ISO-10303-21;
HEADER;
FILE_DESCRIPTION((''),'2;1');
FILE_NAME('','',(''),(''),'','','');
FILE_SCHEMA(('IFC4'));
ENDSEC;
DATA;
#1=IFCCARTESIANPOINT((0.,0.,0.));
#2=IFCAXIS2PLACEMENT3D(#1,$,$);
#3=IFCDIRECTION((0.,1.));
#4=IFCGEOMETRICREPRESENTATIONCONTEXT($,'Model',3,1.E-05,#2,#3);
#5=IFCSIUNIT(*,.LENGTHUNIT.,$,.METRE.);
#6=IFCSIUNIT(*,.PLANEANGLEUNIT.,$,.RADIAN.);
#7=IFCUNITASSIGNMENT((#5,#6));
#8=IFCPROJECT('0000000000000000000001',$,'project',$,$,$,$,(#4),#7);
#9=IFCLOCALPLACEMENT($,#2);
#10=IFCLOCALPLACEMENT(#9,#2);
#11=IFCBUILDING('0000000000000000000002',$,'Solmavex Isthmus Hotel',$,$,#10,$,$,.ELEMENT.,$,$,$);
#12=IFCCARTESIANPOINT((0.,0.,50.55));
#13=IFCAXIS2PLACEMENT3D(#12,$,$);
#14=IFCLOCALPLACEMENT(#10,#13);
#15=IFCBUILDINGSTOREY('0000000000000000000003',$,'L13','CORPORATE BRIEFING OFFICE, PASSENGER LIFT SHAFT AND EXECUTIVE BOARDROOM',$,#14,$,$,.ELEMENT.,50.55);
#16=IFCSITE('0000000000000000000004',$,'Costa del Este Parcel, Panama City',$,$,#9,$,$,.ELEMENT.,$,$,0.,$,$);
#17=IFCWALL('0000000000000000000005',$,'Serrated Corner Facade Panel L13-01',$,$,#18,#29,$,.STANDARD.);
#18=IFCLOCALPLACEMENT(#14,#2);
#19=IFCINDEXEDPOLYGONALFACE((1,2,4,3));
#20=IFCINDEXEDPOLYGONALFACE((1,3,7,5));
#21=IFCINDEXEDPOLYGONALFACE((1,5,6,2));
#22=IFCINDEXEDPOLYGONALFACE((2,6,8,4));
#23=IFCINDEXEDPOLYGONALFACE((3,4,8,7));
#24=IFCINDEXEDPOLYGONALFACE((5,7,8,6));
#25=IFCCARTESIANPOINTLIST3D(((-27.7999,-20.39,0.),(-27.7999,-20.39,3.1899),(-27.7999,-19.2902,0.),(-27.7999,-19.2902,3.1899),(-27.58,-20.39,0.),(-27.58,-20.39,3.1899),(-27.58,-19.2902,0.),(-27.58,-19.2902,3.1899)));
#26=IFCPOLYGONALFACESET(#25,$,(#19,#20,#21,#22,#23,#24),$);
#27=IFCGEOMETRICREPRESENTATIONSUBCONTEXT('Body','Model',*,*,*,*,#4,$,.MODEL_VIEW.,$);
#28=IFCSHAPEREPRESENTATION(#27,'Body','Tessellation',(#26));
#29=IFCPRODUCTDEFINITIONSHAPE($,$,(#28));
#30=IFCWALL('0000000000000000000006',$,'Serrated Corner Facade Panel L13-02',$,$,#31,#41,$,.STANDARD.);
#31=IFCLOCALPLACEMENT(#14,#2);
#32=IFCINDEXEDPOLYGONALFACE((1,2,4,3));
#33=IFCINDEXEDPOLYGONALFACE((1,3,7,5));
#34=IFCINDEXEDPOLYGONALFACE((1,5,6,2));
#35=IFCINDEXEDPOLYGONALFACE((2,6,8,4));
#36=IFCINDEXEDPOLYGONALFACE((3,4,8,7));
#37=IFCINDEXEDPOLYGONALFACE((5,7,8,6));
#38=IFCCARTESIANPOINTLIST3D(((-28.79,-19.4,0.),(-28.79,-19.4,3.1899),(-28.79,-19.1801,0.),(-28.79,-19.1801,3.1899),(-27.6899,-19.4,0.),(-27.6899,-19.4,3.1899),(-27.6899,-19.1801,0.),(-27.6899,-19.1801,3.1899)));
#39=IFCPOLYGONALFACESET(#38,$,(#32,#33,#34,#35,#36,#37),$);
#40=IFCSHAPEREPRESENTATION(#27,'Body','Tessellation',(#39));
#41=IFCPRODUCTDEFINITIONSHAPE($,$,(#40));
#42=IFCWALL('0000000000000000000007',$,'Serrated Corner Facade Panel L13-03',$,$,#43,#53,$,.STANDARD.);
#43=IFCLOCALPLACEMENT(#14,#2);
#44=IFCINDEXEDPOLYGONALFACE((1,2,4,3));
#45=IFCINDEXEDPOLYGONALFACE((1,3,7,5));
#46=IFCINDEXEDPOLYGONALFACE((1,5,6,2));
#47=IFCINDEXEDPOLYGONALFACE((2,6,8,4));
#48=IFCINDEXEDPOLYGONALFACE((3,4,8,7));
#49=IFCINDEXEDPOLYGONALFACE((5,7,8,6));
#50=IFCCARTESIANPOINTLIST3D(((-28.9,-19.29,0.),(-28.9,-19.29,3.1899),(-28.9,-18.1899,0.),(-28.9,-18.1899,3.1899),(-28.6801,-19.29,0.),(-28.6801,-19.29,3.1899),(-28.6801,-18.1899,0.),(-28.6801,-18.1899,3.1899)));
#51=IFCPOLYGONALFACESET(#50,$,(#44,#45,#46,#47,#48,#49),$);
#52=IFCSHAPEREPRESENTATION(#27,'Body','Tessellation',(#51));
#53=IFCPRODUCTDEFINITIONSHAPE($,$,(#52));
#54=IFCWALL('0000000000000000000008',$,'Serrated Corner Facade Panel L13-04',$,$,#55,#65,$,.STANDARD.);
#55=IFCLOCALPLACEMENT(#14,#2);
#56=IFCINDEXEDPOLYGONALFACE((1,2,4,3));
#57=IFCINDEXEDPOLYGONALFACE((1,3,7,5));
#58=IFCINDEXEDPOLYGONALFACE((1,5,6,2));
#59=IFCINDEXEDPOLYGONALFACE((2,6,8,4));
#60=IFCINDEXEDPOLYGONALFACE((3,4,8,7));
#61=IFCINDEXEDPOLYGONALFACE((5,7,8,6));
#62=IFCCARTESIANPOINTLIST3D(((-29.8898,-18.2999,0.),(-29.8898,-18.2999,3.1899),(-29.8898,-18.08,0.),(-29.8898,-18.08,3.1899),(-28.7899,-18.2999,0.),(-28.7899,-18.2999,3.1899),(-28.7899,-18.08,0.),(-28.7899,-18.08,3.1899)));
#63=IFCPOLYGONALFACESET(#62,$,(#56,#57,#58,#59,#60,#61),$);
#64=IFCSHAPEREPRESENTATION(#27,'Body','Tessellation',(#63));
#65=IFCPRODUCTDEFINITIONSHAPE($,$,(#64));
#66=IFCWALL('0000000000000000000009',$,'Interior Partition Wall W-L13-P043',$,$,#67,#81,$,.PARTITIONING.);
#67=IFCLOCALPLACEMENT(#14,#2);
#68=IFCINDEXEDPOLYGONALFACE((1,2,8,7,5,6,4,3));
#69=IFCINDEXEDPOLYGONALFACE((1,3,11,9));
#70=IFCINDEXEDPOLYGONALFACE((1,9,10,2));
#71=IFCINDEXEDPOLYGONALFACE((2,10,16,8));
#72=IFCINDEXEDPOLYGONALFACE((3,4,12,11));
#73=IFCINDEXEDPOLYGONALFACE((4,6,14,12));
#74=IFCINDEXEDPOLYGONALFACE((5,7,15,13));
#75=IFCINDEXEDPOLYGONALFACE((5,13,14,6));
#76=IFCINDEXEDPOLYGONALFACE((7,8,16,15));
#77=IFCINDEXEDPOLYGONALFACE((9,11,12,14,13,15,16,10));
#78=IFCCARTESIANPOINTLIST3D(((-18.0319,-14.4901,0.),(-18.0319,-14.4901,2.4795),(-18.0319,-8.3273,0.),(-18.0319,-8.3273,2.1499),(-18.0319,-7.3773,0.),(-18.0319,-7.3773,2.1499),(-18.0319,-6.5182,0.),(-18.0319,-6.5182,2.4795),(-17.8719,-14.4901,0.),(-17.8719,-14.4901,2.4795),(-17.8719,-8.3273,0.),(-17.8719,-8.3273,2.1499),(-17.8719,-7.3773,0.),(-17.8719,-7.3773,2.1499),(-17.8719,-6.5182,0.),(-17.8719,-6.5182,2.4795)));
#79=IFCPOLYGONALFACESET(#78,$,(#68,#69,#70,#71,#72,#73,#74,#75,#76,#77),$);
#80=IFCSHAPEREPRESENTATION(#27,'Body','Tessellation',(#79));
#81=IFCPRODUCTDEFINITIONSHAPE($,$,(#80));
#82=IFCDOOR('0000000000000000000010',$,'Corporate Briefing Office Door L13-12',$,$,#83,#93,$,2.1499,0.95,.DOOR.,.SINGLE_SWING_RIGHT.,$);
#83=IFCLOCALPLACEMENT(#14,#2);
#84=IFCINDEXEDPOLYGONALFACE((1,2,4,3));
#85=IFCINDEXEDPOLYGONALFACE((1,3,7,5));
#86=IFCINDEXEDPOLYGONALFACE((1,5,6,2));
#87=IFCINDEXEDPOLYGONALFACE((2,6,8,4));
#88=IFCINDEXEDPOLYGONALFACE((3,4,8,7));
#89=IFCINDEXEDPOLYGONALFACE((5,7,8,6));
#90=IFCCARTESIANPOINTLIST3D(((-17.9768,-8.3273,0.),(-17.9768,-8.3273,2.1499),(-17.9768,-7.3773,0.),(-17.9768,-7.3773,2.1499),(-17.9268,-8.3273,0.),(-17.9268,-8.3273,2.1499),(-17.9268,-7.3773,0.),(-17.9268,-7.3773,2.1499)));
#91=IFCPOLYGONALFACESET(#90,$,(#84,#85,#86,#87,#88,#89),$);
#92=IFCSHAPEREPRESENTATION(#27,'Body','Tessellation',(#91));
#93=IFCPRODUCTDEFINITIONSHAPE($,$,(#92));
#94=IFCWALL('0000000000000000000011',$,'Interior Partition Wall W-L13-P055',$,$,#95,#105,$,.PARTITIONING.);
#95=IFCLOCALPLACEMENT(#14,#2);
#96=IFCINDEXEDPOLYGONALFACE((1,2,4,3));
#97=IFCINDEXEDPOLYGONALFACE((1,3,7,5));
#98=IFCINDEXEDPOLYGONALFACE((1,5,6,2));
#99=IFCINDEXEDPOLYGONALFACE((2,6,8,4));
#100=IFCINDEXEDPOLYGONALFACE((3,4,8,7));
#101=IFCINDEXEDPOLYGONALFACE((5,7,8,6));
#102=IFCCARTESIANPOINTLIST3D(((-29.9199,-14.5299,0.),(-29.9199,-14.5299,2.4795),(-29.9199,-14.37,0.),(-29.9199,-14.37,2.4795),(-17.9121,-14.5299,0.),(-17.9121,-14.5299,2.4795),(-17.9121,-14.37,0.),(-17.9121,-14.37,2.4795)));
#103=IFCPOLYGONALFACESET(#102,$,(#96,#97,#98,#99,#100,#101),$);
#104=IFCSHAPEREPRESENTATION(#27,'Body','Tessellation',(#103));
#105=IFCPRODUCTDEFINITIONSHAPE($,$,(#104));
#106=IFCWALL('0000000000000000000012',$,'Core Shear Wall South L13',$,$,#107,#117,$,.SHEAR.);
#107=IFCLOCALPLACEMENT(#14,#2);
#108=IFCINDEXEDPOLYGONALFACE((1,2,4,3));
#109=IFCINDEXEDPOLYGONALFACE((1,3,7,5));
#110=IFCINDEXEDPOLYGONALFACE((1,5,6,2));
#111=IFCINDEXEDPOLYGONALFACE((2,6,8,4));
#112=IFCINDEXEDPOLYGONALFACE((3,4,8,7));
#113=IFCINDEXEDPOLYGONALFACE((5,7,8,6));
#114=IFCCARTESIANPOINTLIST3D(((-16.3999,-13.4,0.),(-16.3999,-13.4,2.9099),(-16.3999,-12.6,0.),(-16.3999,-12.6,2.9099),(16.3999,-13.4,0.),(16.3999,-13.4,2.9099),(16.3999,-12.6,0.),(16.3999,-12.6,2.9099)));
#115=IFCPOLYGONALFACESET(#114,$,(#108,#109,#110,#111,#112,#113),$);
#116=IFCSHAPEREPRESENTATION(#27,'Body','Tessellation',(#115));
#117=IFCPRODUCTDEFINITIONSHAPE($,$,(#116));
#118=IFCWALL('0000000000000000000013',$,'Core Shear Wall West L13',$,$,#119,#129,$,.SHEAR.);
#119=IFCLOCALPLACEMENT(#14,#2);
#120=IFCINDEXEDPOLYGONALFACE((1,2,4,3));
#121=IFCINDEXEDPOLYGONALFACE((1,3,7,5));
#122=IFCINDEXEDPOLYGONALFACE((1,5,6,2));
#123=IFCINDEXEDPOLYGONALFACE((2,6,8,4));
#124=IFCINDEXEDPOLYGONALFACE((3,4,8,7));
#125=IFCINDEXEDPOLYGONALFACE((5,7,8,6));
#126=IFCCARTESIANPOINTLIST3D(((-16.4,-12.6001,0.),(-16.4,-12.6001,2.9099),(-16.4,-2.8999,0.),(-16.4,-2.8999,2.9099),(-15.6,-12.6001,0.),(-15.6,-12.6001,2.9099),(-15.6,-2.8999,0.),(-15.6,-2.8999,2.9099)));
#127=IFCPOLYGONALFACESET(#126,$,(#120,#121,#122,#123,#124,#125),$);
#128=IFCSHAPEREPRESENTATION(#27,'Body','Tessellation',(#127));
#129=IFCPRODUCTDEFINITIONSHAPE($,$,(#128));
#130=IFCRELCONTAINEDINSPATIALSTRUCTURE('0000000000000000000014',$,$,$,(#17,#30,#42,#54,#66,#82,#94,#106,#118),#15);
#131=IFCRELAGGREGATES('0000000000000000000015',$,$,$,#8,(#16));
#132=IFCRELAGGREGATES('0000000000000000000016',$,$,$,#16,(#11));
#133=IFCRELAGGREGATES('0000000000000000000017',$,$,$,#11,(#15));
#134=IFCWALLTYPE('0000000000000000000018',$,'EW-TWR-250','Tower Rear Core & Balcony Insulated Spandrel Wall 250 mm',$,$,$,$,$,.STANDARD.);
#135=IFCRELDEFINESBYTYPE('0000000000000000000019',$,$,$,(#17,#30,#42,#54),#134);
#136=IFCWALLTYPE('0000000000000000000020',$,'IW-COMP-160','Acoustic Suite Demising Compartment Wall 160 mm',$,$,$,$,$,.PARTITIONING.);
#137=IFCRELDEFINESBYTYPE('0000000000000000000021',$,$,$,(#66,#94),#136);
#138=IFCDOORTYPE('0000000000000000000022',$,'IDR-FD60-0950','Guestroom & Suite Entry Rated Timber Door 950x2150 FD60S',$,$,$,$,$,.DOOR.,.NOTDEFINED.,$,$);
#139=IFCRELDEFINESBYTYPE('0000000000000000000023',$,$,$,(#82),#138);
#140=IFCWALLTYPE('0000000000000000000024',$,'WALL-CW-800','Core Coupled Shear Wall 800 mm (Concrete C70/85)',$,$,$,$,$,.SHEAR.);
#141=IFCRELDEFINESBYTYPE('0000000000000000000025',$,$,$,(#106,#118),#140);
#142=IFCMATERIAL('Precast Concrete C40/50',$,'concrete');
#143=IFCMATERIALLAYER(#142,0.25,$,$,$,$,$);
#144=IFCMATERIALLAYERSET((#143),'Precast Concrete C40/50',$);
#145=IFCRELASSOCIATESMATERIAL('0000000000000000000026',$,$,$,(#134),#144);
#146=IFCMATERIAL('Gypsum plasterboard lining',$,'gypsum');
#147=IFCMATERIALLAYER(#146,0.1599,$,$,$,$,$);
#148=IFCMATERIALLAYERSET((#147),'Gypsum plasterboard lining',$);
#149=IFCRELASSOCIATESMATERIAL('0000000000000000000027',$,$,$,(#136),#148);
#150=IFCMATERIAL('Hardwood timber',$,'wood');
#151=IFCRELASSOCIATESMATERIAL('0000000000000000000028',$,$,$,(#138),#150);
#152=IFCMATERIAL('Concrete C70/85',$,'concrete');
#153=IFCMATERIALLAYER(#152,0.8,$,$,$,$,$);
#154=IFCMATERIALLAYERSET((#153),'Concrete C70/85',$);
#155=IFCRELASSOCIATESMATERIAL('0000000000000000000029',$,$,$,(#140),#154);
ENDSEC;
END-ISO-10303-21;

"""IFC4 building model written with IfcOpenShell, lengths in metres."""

from ifc_helpers import new_model, si_unit, direction, frame, frame_2d, origin, place, context, subcontext, project, spatial, rectangle, extrude, material, layer, layer_set, type_object, element, fill, save


model = new_model("IFC4")

# Units and contexts
model_context = context("Model", 3, precision=1e-05, world=origin(), true_north=direction((0.0, 1.0)))
body_context = subcontext(model_context, "Body", "Model", "MODEL_VIEW")
ifc_project = project(units=[si_unit("LENGTHUNIT", "METRE"), si_unit("PLANEANGLEUNIT", "RADIAN")], contexts=[model_context])

# Site, building, storey
site_placement = place(None, origin())
site = spatial("IfcSite", under=ifc_project, at=site_placement, Name="Costa del Este Parcel, Panama City", CompositionType="ELEMENT", RefElevation=0.0)
building_placement = place(site_placement, origin())
building = spatial("IfcBuilding", under=site, at=building_placement, Name="Solmavex Isthmus Hotel", CompositionType="ELEMENT")
storey_placement = place(building_placement, frame((0.0, 0.0, 50.55)))
storey = spatial("IfcBuildingStorey", under=building, at=storey_placement, Name="L13", Description="CORPORATE BRIEFING OFFICE, PASSENGER LIFT SHAFT AND EXECUTIVE BOARDROOM", CompositionType="ELEMENT", Elevation=50.55)

# Shared definitions
ifc_material_1 = material(Name="Concrete C70/85", Category="concrete")

# Shared definitions
ifc_material_2 = material(Name="Precast Concrete C40/50", Category="concrete")
ifc_layer_1 = layer(ifc_material_2, 0.25)
ifc_layer_set_1 = layer_set([ifc_layer_1], Name="Precast Concrete C40/50")
wall_type_1 = type_object("IfcWallType", Name="EW-TWR-250", Description="Tower Rear Core & Balcony Insulated Spandrel Wall 250 mm", PredefinedType="STANDARD", material=ifc_layer_set_1)

# Walls
wall_1_placement = place(storey_placement, frame((-27.6899, -20.3899, 0.0), z_axis=(0.0, 0.0, 1.0), x_axis=(0.0, 1.0, 0.0)))
element("IfcWall", 1, at=wall_1_placement, inside=storey, type_object=wall_type_1, Name="Serrated Corner Facade Panel L13-01", PredefinedType="STANDARD", context=body_context, shape_type="SweptSolid", body=[
    extrude(rectangle(XDim=1.0999, YDim=0.22, at=frame_2d((0.5498, 0.0))), origin(), (0.0, 0.0, 1.0), 3.1899),
])
for number, where, z_axis, x_axis, name in (
    (2, (-27.6899, -19.29, 0.0), (0.0, 0.0, 1.0), (-1.0, 0.0, 0.0), "Serrated Corner Facade Panel L13-02"),
    (3, (-28.79, -19.29, 0.0), (0.0, 0.0, 1.0), (0.0, 1.0, 0.0), "Serrated Corner Facade Panel L13-03"),
):
    element("IfcWall", number, at=place(storey_placement, frame(where, z_axis=z_axis, x_axis=x_axis)), inside=storey, type_object=wall_type_1, Name=name, PredefinedType="STANDARD", context=body_context, shape_type="SweptSolid", body=[
        extrude(rectangle(XDim=1.1001, YDim=0.22, at=frame_2d((0.55, 0.0))), origin(), (0.0, 0.0, 1.0), 3.1899),
    ])
wall_2_placement = place(storey_placement, frame((-28.79, -18.1899, 0.0), z_axis=(0.0, 0.0, 1.0), x_axis=(-1.0, 0.0, 0.0)))
element("IfcWall", 4, at=wall_2_placement, inside=storey, type_object=wall_type_1, Name="Serrated Corner Facade Panel L13-04", PredefinedType="STANDARD", context=body_context, shape_type="SweptSolid", body=[
    extrude(rectangle(XDim=1.0999, YDim=0.22, at=frame_2d((0.5498, 0.0))), origin(), (0.0, 0.0, 1.0), 3.1899),
])

# Wall, opening, door
ifc_material_3 = material(Name="Gypsum plasterboard lining", Category="gypsum")
ifc_layer_2 = layer(ifc_material_3, 0.1599)
ifc_layer_set_2 = layer_set([ifc_layer_2], Name="Gypsum plasterboard lining")
wall_type_2 = type_object("IfcWallType", Name="IW-COMP-160", Description="Acoustic Suite Demising Compartment Wall 160 mm", PredefinedType="PARTITIONING", material=ifc_layer_set_2)
wall_3_placement = place(storey_placement, frame((-17.9519, -14.49, 0.0), z_axis=(0.0, 0.0, 1.0), x_axis=(0.0, 1.0, 0.0)))
wall_3 = element("IfcWall", 5, at=wall_3_placement, inside=storey, type_object=wall_type_2, Name="Interior Partition Wall W-L13-P043", PredefinedType="PARTITIONING", context=body_context, shape_type="SweptSolid", body=[
    extrude(rectangle(XDim=7.9719, YDim=0.1599, at=frame_2d((3.9858, 0.0))), origin(), (0.0, 0.0, 1.0), 2.4795),
])
opening_1_placement = place(wall_3_placement, frame((6.1626, 0.0, 0.0)))
opening_1 = element("IfcOpeningElement", 6, at=opening_1_placement, cuts=wall_3, PredefinedType="OPENING", context=body_context, shape_type="SweptSolid", body=[
    extrude(rectangle(XDim=0.95, YDim=2.1499, at=frame_2d((0.4751, 1.075))), frame((0.0, 0.0898, 0.0), z_axis=(0.0, -1.0, 0.0), x_axis=(1.0, 0.0, 0.0)), (0.0, 0.0, 1.0), 0.1799),
])
ifc_material_4 = material(Name="Hardwood timber", Category="wood")
door_type = type_object("IfcDoorType", Name="IDR-FD60-0950", Description="Guestroom & Suite Entry Rated Timber Door 950x2150 FD60S", OperationType="NOTDEFINED", PredefinedType="DOOR", material=ifc_material_4)
door_placement = place(opening_1_placement, origin())
door = element("IfcDoor", 7, at=door_placement, inside=storey, type_object=door_type, Name="Corporate Briefing Office Door L13-12", OperationType="SINGLE_SWING_RIGHT", OverallHeight=2.1499, OverallWidth=0.95, PredefinedType="DOOR", context=body_context, shape_type="SweptSolid", body=[
    extrude(rectangle(XDim=0.95, YDim=2.1499, at=frame_2d((0.4751, 1.075))), frame((0.0, 0.0249, 0.0), z_axis=(0.0, -1.0, 0.0), x_axis=(1.0, 0.0, 0.0)), (0.0, 0.0, 1.0), 0.05),
])
fill(opening_1, door)

# Walls
wall_4_placement = place(storey_placement, frame((-17.9121, -14.45, 0.0), z_axis=(0.0, 0.0, 1.0), x_axis=(-1.0, 0.0, 0.0)))
element("IfcWall", 8, at=wall_4_placement, inside=storey, type_object=wall_type_2, Name="Interior Partition Wall W-L13-P055", PredefinedType="PARTITIONING", context=body_context, shape_type="SweptSolid", body=[
    extrude(rectangle(XDim=12.0078, YDim=0.1599, at=frame_2d((6.0039, 0.0))), origin(), (0.0, 0.0, 1.0), 2.4795),
])
ifc_layer_3 = layer(ifc_material_1, 0.8)
ifc_layer_set_3 = layer_set([ifc_layer_3], Name="Concrete C70/85")
wall_type_3 = type_object("IfcWallType", Name="WALL-CW-800", Description="Core Coupled Shear Wall 800 mm (Concrete C70/85)", PredefinedType="SHEAR", material=ifc_layer_set_3)
wall_5_placement = place(storey_placement, frame((-16.3999, -13.0, 0.0), z_axis=(0.0, 0.0, 1.0), x_axis=(1.0, 0.0, 0.0)))
element("IfcWall", 9, at=wall_5_placement, inside=storey, type_object=wall_type_3, Name="Core Shear Wall South L13", PredefinedType="SHEAR", context=body_context, shape_type="SweptSolid", body=[
    extrude(rectangle(XDim=32.7998, YDim=0.8, at=frame_2d((16.3999, 0.0))), origin(), (0.0, 0.0, 1.0), 2.9099),
])
wall_6_placement = place(storey_placement, frame((-16.0, -12.6001, 0.0), z_axis=(0.0, 0.0, 1.0), x_axis=(0.0, 1.0, 0.0)))
element("IfcWall", 10, at=wall_6_placement, inside=storey, type_object=wall_type_3, Name="Core Shear Wall West L13", PredefinedType="SHEAR", context=body_context, shape_type="SweptSolid", body=[
    extrude(rectangle(XDim=9.7002, YDim=0.8, at=frame_2d((4.8501, 0.0))), origin(), (0.0, 0.0, 1.0), 2.9099),
])

save(model, "model.ifc")
